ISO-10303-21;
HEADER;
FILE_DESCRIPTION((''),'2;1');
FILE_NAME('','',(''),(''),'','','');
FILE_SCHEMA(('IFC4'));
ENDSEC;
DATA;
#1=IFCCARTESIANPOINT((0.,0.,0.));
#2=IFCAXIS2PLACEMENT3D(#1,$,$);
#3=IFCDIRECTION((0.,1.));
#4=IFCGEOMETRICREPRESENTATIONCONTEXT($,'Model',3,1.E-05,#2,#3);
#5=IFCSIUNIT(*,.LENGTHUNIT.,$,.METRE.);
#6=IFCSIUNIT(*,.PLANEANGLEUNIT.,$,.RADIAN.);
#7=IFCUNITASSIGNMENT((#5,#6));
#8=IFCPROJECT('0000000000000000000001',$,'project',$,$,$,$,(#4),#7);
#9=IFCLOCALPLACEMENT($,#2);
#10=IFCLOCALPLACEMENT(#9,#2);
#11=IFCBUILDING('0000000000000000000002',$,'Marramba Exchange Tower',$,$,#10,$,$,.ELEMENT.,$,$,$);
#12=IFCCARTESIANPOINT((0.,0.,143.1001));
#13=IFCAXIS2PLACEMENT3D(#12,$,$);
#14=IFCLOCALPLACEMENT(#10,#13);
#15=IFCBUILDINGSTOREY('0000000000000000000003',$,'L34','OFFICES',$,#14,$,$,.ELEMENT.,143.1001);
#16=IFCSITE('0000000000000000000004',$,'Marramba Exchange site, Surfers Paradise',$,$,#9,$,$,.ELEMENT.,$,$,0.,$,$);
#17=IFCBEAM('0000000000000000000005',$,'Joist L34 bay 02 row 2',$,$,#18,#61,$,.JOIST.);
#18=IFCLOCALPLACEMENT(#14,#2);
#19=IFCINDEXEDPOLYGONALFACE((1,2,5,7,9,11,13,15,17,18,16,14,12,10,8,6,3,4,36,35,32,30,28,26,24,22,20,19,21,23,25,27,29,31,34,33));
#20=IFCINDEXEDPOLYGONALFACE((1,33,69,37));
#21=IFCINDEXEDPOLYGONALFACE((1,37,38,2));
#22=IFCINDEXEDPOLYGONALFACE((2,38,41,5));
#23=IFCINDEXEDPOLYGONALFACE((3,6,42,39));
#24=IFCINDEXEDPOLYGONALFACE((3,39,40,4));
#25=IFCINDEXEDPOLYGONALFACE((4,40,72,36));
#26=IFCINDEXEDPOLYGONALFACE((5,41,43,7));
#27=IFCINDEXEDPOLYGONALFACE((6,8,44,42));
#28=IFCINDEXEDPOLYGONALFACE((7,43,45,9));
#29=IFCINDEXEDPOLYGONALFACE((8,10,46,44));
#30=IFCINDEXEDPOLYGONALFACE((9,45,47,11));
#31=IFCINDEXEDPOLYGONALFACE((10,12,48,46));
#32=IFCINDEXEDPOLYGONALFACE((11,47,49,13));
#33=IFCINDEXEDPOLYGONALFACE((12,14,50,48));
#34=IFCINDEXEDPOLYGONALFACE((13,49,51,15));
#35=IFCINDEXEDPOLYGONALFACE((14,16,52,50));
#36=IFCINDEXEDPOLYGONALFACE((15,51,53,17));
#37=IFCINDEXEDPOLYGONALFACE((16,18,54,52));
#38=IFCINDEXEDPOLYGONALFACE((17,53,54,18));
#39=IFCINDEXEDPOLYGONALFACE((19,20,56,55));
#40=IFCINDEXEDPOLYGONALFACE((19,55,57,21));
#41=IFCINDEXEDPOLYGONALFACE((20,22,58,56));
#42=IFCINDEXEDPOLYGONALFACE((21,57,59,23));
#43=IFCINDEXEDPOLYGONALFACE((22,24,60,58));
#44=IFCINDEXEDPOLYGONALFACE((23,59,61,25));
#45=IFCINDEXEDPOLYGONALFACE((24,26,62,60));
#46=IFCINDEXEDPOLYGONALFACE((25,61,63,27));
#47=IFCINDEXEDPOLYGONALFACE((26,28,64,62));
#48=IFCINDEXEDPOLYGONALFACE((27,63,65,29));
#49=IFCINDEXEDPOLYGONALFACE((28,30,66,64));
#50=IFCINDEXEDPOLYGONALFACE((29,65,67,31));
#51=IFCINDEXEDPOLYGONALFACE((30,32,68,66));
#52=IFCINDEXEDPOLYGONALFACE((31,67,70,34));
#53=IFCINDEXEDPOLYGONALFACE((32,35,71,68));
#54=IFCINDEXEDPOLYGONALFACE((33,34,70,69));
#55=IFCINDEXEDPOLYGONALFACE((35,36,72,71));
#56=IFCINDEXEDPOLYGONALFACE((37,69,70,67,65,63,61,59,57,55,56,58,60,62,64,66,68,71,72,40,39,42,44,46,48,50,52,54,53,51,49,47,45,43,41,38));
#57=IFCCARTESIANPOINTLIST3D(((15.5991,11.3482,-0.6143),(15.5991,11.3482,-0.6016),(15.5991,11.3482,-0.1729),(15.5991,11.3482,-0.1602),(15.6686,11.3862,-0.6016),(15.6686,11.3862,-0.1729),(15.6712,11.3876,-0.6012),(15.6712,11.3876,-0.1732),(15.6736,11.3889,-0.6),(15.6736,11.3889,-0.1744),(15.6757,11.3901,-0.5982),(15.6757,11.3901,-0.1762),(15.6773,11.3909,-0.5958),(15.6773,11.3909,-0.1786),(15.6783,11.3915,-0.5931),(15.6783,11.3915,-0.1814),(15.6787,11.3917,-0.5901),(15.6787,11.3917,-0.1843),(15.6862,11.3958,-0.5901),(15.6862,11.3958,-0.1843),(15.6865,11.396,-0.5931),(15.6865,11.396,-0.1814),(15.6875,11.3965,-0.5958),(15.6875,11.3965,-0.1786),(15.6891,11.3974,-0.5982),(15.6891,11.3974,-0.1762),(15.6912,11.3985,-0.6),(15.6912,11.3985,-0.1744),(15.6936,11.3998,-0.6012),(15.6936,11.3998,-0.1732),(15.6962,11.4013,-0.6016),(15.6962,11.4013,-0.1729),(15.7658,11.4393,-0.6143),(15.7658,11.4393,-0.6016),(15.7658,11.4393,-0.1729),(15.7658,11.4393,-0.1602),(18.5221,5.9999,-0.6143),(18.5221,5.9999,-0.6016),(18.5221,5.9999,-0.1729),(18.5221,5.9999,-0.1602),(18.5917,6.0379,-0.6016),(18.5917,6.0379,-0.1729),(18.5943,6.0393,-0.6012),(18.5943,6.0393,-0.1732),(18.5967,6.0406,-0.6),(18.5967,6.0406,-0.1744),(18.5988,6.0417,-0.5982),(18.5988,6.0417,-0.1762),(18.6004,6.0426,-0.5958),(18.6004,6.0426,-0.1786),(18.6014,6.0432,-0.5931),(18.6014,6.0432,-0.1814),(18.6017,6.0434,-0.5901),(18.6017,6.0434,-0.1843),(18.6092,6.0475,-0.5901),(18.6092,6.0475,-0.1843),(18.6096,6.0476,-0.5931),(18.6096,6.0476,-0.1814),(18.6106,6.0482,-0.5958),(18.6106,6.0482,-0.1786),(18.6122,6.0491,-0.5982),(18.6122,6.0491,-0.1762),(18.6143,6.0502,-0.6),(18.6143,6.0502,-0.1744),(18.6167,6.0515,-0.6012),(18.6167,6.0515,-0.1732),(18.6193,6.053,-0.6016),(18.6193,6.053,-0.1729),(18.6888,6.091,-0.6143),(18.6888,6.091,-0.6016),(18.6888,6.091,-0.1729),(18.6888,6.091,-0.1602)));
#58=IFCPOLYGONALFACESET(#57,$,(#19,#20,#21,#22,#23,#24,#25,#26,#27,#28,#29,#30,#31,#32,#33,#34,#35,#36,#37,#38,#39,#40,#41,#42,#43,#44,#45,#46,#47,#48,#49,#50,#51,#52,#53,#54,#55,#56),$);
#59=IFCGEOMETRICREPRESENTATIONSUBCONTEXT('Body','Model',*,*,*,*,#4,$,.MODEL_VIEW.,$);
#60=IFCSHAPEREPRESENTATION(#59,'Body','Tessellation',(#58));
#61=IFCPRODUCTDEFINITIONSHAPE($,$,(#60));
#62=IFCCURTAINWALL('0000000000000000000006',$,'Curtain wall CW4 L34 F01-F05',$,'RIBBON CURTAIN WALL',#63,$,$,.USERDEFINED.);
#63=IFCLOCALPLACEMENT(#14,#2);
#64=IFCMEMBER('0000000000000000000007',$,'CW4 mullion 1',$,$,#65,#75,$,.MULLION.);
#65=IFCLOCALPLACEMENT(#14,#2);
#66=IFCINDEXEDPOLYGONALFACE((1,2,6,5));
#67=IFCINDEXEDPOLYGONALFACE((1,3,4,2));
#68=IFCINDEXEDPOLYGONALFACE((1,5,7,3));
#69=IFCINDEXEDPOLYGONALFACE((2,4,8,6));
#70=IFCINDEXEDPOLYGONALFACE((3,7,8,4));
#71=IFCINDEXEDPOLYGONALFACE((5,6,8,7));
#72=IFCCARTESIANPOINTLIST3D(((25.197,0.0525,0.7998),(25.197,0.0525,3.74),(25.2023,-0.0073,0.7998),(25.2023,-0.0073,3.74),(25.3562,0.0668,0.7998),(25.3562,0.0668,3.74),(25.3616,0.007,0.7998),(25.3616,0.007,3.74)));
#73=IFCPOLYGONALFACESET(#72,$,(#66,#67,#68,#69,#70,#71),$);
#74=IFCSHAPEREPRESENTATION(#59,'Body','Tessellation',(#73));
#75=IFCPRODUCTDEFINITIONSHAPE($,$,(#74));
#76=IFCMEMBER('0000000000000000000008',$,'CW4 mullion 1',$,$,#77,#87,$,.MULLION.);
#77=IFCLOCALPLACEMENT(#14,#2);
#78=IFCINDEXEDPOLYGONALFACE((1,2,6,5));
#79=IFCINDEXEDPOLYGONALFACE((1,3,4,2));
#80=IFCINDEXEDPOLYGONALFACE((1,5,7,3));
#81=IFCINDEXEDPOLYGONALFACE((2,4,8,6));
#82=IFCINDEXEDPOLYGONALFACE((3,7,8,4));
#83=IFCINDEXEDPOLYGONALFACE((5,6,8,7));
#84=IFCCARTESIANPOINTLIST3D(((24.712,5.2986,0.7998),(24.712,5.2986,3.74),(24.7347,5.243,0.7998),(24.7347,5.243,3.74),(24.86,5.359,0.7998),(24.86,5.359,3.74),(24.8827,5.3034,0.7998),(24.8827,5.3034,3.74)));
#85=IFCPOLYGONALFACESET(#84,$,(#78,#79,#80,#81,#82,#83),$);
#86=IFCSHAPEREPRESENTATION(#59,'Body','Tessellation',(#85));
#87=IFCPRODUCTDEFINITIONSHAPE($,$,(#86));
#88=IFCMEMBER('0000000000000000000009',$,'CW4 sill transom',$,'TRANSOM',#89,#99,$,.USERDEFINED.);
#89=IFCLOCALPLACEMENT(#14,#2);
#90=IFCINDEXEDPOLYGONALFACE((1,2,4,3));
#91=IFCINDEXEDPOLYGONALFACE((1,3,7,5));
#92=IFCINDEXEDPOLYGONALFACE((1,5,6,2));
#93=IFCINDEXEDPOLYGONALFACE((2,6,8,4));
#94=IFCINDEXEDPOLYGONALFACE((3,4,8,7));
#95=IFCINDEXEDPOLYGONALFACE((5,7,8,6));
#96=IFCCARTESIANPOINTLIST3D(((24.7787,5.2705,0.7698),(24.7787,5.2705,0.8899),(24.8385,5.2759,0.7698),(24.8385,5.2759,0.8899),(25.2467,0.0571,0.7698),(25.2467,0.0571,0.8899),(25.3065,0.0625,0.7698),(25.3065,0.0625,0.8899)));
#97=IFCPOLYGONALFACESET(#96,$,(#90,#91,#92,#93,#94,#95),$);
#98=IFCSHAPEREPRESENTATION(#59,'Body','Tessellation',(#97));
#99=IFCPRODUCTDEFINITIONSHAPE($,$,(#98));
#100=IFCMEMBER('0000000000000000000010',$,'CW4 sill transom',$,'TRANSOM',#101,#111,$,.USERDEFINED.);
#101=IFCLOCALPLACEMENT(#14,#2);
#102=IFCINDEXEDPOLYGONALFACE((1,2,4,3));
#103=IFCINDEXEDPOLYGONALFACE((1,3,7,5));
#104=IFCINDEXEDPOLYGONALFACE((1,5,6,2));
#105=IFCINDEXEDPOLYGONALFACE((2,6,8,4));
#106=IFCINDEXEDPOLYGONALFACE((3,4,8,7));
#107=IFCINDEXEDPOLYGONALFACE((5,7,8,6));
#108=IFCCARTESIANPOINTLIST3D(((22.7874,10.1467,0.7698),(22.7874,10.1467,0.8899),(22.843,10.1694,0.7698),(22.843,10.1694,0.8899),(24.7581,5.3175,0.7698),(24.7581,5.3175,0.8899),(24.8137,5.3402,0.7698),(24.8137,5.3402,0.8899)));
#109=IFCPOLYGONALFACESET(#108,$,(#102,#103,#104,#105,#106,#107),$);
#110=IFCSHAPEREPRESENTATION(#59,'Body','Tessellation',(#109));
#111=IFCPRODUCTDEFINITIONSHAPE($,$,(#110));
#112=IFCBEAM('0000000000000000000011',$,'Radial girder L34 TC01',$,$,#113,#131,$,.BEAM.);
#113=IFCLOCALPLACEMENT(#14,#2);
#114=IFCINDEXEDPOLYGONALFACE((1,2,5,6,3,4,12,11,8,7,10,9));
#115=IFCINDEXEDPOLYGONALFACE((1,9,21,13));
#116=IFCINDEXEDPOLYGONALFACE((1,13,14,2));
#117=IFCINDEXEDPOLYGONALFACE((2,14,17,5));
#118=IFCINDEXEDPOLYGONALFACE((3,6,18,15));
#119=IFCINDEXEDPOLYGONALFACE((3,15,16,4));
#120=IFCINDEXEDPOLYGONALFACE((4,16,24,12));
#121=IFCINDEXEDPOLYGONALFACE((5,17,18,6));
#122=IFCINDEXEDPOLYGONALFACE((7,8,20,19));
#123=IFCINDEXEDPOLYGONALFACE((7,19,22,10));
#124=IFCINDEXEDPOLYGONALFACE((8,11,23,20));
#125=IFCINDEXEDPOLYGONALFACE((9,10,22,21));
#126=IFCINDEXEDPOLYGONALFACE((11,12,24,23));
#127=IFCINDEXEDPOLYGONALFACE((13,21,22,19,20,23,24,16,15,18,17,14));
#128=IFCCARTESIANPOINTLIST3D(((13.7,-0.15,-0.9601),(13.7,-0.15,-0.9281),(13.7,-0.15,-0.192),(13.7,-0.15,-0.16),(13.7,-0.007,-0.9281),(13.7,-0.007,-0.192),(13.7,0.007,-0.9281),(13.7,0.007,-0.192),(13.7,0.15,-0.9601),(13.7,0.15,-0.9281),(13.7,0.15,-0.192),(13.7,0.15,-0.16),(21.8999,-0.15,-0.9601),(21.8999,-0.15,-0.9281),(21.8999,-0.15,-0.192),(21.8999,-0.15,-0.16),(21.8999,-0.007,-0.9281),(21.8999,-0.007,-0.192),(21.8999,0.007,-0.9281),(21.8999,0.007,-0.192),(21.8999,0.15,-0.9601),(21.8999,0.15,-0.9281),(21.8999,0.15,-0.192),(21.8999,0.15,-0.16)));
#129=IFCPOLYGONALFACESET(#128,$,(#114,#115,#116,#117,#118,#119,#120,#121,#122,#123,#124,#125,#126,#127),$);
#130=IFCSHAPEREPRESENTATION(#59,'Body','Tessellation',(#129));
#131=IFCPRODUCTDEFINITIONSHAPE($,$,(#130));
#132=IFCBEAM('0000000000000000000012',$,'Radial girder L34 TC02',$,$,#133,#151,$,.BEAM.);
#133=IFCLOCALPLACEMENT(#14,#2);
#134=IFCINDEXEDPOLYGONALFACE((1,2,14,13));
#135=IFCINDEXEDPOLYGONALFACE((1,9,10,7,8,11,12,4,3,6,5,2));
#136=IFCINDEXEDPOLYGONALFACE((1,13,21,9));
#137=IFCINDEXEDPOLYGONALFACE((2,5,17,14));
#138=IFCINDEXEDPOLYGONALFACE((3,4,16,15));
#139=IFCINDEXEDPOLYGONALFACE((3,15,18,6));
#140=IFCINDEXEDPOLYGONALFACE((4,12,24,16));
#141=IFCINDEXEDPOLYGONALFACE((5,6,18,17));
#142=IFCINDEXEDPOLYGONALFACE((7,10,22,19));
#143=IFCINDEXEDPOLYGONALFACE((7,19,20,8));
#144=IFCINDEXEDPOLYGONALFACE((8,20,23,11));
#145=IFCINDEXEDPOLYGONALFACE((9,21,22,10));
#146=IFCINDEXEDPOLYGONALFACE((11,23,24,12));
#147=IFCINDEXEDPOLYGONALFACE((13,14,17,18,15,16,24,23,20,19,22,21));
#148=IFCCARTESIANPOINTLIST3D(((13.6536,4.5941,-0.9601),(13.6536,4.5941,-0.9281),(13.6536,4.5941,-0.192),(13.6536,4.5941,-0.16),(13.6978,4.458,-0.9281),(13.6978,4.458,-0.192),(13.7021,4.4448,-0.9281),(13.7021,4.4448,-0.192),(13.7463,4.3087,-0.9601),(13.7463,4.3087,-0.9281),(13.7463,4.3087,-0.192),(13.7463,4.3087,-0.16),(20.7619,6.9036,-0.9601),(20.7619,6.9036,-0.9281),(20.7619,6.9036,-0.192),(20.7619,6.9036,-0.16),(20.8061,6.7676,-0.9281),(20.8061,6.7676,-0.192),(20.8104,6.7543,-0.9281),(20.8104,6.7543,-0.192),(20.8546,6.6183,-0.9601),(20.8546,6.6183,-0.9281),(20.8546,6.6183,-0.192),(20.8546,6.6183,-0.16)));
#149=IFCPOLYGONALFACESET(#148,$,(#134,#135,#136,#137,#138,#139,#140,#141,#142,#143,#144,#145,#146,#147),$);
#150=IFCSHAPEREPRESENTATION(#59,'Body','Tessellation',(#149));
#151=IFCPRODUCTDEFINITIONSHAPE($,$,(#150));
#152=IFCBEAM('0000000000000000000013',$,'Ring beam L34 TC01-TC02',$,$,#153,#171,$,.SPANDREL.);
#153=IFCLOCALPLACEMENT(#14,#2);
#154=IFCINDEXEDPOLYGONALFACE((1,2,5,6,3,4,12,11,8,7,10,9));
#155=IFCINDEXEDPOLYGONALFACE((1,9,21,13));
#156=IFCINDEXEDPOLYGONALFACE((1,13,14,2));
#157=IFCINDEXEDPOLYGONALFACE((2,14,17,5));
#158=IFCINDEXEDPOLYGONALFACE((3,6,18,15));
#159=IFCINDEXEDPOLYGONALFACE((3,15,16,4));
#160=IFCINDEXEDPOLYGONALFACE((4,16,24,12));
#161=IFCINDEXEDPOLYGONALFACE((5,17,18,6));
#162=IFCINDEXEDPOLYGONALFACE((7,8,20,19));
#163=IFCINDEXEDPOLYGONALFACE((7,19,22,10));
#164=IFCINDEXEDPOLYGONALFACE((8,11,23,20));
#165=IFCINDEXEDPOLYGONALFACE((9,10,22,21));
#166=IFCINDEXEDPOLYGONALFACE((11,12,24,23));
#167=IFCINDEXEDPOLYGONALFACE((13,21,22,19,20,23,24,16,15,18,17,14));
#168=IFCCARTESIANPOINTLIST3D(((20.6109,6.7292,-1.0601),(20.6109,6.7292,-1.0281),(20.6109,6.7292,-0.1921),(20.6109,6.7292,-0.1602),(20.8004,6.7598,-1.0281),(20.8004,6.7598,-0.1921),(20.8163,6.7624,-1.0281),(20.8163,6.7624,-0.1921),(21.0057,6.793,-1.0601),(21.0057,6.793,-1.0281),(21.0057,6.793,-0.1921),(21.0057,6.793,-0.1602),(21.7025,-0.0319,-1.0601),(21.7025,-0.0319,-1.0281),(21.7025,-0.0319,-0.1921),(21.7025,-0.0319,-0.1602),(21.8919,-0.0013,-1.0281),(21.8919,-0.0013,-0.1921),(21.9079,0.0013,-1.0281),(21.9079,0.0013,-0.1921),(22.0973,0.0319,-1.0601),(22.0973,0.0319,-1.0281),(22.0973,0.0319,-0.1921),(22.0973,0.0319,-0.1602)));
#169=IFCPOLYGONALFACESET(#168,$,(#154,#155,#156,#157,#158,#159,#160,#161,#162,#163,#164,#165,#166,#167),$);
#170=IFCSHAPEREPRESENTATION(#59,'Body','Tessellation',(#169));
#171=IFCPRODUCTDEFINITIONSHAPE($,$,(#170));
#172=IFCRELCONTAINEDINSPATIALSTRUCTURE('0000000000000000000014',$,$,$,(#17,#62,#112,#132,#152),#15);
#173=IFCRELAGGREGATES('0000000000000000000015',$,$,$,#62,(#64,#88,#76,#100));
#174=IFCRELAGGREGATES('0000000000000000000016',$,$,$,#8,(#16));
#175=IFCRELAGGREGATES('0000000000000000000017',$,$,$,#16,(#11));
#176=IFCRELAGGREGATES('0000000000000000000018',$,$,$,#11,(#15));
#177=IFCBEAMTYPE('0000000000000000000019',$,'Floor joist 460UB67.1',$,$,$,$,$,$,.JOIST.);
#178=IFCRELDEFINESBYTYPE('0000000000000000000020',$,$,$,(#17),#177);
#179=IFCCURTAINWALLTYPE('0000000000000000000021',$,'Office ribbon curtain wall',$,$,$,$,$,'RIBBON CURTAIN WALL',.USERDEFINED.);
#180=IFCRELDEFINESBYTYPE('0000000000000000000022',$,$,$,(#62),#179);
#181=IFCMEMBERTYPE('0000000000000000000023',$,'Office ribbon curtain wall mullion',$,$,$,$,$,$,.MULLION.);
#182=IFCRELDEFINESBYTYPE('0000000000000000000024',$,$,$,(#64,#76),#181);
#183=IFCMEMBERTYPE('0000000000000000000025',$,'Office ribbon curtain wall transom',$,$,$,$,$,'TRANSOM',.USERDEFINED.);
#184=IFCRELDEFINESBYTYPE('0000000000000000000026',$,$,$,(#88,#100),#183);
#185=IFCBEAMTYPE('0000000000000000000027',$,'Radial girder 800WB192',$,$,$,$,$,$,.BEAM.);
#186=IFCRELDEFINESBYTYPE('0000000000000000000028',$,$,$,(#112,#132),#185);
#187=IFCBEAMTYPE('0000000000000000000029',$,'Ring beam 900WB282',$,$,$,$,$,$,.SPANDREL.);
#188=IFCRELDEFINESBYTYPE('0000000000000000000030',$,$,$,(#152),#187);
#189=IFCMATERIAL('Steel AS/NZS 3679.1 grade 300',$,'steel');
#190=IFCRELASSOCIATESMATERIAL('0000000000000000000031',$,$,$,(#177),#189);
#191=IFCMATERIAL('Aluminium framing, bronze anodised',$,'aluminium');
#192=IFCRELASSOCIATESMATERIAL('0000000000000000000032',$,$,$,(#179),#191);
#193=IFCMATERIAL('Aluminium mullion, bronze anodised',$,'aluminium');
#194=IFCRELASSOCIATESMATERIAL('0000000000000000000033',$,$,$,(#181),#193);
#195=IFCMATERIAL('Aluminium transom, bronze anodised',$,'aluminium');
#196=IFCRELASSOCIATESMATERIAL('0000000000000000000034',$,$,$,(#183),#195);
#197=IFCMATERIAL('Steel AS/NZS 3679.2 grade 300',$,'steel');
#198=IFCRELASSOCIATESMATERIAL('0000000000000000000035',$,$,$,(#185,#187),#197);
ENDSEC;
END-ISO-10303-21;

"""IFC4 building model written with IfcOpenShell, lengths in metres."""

from ifc_helpers import new_model, si_unit, direction, frame, origin, origin_2d, place, context, subcontext, project, spatial, rectangle, i_section, extrude, material, material_profile, profile_set, type_object, element, aggregate, save


model = new_model("IFC4")

# Units and contexts
model_context = context("Model", 3, precision=1e-05, world=origin(), true_north=direction((0.0, 1.0)))
body_context = subcontext(model_context, "Body", "Model", "MODEL_VIEW")
ifc_project = project(units=[si_unit("LENGTHUNIT", "METRE"), si_unit("PLANEANGLEUNIT", "RADIAN")], contexts=[model_context])

# Site, building, storey
site_placement = place(None, origin())
site = spatial("IfcSite", under=ifc_project, at=site_placement, Name="Marramba Exchange site, Surfers Paradise", CompositionType="ELEMENT", RefElevation=0.0)
building_placement = place(site_placement, origin())
building = spatial("IfcBuilding", under=site, at=building_placement, Name="Marramba Exchange Tower", CompositionType="ELEMENT")
storey_placement = place(building_placement, frame((0.0, 0.0, 143.1001)))
storey = spatial("IfcBuildingStorey", under=building, at=storey_placement, Name="L34", Description="OFFICES", CompositionType="ELEMENT", Elevation=143.1001)

# Beam
ifc_material_1 = material(Name="Steel AS/NZS 3679.2 grade 300", Category="steel")
ifc_material_2 = material(Name="Steel AS/NZS 3679.1 grade 300", Category="steel")
ifc_material_profile_1 = material_profile(ifc_material_2, i_section(OverallWidth=0.1899, OverallDepth=0.4541, WebThickness=0.0085, FlangeThickness=0.0127, FilletRadius=0.0115, at=origin_2d()), Name="460UB67.1")
ifc_profile_set_1 = profile_set([ifc_material_profile_1], Name="Steel AS/NZS 3679.1 grade 300")
beam_type_1 = type_object("IfcBeamType", Name="Floor joist 460UB67.1", PredefinedType="JOIST", material=ifc_profile_set_1)
beam_1_placement = place(storey_placement, frame((18.6055, 6.0454, -0.3872), z_axis=(-0.479584, 0.877496, 0.0), x_axis=(-0.877496, -0.479584, 0.0)))
element("IfcBeam", 1, at=beam_1_placement, inside=storey, type_object=beam_type_1, Name="Joist L34 bay 02 row 2", PredefinedType="JOIST", context=body_context, shape_type="SweptSolid", body=[
    extrude(i_section(OverallWidth=0.1899, OverallDepth=0.4541, WebThickness=0.0085, FlangeThickness=0.0127, FilletRadius=0.0115, at=origin_2d()), origin(), (0.0, 0.0, 1.0), 6.095),
])

# Curtain wall, members
ifc_material_3 = material(Name="Aluminium framing, bronze anodised", Category="aluminium")
curtain_wall_type = type_object("IfcCurtainWallType", Name="Office ribbon curtain wall", ElementType="RIBBON CURTAIN WALL", PredefinedType="USERDEFINED", material=ifc_material_3)
curtain_wall_placement = place(storey_placement, origin())
curtain_wall = element("IfcCurtainWall", 2, at=curtain_wall_placement, inside=storey, type_object=curtain_wall_type, Name="Curtain wall CW4 L34 F01-F05", ObjectType="RIBBON CURTAIN WALL", PredefinedType="USERDEFINED")
ifc_material_4 = material(Name="Aluminium mullion, bronze anodised", Category="aluminium")
ifc_material_profile_2 = material_profile(ifc_material_4, rectangle(XDim=0.1599, YDim=0.0601, at=origin_2d()), Name="CW4 mullion 60x160")
ifc_profile_set_2 = profile_set([ifc_material_profile_2], Name="Aluminium mullion, bronze anodised")
member_type_1 = type_object("IfcMemberType", Name="Office ribbon curtain wall mullion", PredefinedType="MULLION", material=ifc_profile_set_2)
member_1_placement = place(storey_placement, frame((25.2793, 0.0298, 0.7998), z_axis=(0.0, 0.0, 1.0), x_axis=(-0.995995, -0.089413, 0.0)))
member_1 = element("IfcMember", 3, at=member_1_placement, type_object=member_type_1, Name="CW4 mullion 1", PredefinedType="MULLION", context=body_context, shape_type="SweptSolid", body=[
    extrude(rectangle(XDim=0.1599, YDim=0.0601, at=origin_2d()), origin(), (0.0, 0.0, 1.0), 2.9402),
])
member_2_placement = place(storey_placement, frame((24.7974, 5.301, 0.7998), z_axis=(0.0, 0.0, 1.0), x_axis=(-0.925879, -0.377821, 0.0)))
member_2 = element("IfcMember", 4, at=member_2_placement, type_object=member_type_1, Name="CW4 mullion 1", PredefinedType="MULLION", context=body_context, shape_type="SweptSolid", body=[
    extrude(rectangle(XDim=0.1599, YDim=0.0601, at=origin_2d()), origin(), (0.0, 0.0, 1.0), 2.9402),
])
ifc_material_5 = material(Name="Aluminium transom, bronze anodised", Category="aluminium")
ifc_material_profile_3 = material_profile(ifc_material_5, rectangle(XDim=0.0601, YDim=0.1201, at=origin_2d()), Name="CW4 transom 60x120")
ifc_profile_set_3 = profile_set([ifc_material_profile_3], Name="Aluminium transom, bronze anodised")
member_type_2 = type_object("IfcMemberType", Name="Office ribbon curtain wall transom", ElementType="TRANSOM", PredefinedType="USERDEFINED", material=ifc_profile_set_3)
member_3_placement = place(storey_placement, frame((25.2766, 0.0598, 0.8298), z_axis=(-0.089413, 0.995995, 0.0), x_axis=(-0.995995, -0.089413, 0.0)))
member_3 = element("IfcMember", 5, at=member_3_placement, type_object=member_type_2, Name="CW4 sill transom", ObjectType="TRANSOM", PredefinedType="USERDEFINED", context=body_context, shape_type="SweptSolid", body=[
    extrude(rectangle(XDim=0.0601, YDim=0.1201, at=origin_2d()), origin(), (0.0, 0.0, 1.0), 5.2344),
])
member_4_placement = place(storey_placement, frame((24.7859, 5.3289, 0.8298), z_axis=(-0.377838, 0.925872, 0.0), x_axis=(-0.925872, -0.377838, 0.0)))
member_4 = element("IfcMember", 6, at=member_4_placement, type_object=member_type_2, Name="CW4 sill transom", ObjectType="TRANSOM", PredefinedType="USERDEFINED", context=body_context, shape_type="SweptSolid", body=[
    extrude(rectangle(XDim=0.0601, YDim=0.1201, at=origin_2d()), origin(), (0.0, 0.0, 1.0), 5.2158),
])

# Beams
ifc_material_profile_4 = material_profile(ifc_material_1, i_section(OverallWidth=0.3, OverallDepth=0.8, WebThickness=0.0139, FlangeThickness=0.032, at=origin_2d()), Name="800WB192")
ifc_profile_set_4 = profile_set([ifc_material_profile_4], Name="Steel AS/NZS 3679.2 grade 300")
beam_type_2 = type_object("IfcBeamType", Name="Radial girder 800WB192", PredefinedType="BEAM", material=ifc_profile_set_4)
beam_2_placement = place(storey_placement, frame((13.7, 0.0, -0.5601), z_axis=(1.0, 0.0, 0.0), x_axis=(0.0, 1.0, 0.0)))
element("IfcBeam", 7, at=beam_2_placement, inside=storey, type_object=beam_type_2, Name="Radial girder L34 TC01", PredefinedType="BEAM", context=body_context, shape_type="SweptSolid", body=[
    extrude(i_section(OverallWidth=0.3, OverallDepth=0.8, WebThickness=0.0139, FlangeThickness=0.032, at=origin_2d()), origin(), (0.0, 0.0, 1.0), 8.2),
])
beam_3_placement = place(storey_placement, frame((13.7, 4.4514, -0.5601), z_axis=(0.95106, 0.309006, 0.0), x_axis=(-0.309006, 0.95106, 0.0)))
element("IfcBeam", 8, at=beam_3_placement, inside=storey, type_object=beam_type_2, Name="Radial girder L34 TC02", PredefinedType="BEAM", context=body_context, shape_type="SweptSolid", body=[
    extrude(i_section(OverallWidth=0.3, OverallDepth=0.8, WebThickness=0.0139, FlangeThickness=0.032, at=origin_2d()), origin(), (0.0, 0.0, 1.0), 7.4741),
])
ifc_material_profile_5 = material_profile(ifc_material_1, i_section(OverallWidth=0.3999, OverallDepth=0.8999, WebThickness=0.0161, FlangeThickness=0.032, at=origin_2d()), Name="900WB282")
ifc_profile_set_5 = profile_set([ifc_material_profile_5], Name="Steel AS/NZS 3679.2 grade 300")
beam_type_3 = type_object("IfcBeamType", Name="Ring beam 900WB282", PredefinedType="SPANDREL", material=ifc_profile_set_5)
beam_4_placement = place(storey_placement, frame((21.8999, 0.0, -0.6101), z_axis=(-0.159385, 0.987217, 0.0), x_axis=(-0.987217, -0.159385, 0.0)))
element("IfcBeam", 9, at=beam_4_placement, inside=storey, type_object=beam_type_3, Name="Ring beam L34 TC01-TC02", PredefinedType="SPANDREL", context=body_context, shape_type="SweptSolid", body=[
    extrude(i_section(OverallWidth=0.3999, OverallDepth=0.8999, WebThickness=0.0161, FlangeThickness=0.032, at=origin_2d()), origin(), (0.0, 0.0, 1.0), 6.8486),
])

aggregate(curtain_wall, [member_1, member_3, member_2, member_4])

save(model, "model.ifc")
